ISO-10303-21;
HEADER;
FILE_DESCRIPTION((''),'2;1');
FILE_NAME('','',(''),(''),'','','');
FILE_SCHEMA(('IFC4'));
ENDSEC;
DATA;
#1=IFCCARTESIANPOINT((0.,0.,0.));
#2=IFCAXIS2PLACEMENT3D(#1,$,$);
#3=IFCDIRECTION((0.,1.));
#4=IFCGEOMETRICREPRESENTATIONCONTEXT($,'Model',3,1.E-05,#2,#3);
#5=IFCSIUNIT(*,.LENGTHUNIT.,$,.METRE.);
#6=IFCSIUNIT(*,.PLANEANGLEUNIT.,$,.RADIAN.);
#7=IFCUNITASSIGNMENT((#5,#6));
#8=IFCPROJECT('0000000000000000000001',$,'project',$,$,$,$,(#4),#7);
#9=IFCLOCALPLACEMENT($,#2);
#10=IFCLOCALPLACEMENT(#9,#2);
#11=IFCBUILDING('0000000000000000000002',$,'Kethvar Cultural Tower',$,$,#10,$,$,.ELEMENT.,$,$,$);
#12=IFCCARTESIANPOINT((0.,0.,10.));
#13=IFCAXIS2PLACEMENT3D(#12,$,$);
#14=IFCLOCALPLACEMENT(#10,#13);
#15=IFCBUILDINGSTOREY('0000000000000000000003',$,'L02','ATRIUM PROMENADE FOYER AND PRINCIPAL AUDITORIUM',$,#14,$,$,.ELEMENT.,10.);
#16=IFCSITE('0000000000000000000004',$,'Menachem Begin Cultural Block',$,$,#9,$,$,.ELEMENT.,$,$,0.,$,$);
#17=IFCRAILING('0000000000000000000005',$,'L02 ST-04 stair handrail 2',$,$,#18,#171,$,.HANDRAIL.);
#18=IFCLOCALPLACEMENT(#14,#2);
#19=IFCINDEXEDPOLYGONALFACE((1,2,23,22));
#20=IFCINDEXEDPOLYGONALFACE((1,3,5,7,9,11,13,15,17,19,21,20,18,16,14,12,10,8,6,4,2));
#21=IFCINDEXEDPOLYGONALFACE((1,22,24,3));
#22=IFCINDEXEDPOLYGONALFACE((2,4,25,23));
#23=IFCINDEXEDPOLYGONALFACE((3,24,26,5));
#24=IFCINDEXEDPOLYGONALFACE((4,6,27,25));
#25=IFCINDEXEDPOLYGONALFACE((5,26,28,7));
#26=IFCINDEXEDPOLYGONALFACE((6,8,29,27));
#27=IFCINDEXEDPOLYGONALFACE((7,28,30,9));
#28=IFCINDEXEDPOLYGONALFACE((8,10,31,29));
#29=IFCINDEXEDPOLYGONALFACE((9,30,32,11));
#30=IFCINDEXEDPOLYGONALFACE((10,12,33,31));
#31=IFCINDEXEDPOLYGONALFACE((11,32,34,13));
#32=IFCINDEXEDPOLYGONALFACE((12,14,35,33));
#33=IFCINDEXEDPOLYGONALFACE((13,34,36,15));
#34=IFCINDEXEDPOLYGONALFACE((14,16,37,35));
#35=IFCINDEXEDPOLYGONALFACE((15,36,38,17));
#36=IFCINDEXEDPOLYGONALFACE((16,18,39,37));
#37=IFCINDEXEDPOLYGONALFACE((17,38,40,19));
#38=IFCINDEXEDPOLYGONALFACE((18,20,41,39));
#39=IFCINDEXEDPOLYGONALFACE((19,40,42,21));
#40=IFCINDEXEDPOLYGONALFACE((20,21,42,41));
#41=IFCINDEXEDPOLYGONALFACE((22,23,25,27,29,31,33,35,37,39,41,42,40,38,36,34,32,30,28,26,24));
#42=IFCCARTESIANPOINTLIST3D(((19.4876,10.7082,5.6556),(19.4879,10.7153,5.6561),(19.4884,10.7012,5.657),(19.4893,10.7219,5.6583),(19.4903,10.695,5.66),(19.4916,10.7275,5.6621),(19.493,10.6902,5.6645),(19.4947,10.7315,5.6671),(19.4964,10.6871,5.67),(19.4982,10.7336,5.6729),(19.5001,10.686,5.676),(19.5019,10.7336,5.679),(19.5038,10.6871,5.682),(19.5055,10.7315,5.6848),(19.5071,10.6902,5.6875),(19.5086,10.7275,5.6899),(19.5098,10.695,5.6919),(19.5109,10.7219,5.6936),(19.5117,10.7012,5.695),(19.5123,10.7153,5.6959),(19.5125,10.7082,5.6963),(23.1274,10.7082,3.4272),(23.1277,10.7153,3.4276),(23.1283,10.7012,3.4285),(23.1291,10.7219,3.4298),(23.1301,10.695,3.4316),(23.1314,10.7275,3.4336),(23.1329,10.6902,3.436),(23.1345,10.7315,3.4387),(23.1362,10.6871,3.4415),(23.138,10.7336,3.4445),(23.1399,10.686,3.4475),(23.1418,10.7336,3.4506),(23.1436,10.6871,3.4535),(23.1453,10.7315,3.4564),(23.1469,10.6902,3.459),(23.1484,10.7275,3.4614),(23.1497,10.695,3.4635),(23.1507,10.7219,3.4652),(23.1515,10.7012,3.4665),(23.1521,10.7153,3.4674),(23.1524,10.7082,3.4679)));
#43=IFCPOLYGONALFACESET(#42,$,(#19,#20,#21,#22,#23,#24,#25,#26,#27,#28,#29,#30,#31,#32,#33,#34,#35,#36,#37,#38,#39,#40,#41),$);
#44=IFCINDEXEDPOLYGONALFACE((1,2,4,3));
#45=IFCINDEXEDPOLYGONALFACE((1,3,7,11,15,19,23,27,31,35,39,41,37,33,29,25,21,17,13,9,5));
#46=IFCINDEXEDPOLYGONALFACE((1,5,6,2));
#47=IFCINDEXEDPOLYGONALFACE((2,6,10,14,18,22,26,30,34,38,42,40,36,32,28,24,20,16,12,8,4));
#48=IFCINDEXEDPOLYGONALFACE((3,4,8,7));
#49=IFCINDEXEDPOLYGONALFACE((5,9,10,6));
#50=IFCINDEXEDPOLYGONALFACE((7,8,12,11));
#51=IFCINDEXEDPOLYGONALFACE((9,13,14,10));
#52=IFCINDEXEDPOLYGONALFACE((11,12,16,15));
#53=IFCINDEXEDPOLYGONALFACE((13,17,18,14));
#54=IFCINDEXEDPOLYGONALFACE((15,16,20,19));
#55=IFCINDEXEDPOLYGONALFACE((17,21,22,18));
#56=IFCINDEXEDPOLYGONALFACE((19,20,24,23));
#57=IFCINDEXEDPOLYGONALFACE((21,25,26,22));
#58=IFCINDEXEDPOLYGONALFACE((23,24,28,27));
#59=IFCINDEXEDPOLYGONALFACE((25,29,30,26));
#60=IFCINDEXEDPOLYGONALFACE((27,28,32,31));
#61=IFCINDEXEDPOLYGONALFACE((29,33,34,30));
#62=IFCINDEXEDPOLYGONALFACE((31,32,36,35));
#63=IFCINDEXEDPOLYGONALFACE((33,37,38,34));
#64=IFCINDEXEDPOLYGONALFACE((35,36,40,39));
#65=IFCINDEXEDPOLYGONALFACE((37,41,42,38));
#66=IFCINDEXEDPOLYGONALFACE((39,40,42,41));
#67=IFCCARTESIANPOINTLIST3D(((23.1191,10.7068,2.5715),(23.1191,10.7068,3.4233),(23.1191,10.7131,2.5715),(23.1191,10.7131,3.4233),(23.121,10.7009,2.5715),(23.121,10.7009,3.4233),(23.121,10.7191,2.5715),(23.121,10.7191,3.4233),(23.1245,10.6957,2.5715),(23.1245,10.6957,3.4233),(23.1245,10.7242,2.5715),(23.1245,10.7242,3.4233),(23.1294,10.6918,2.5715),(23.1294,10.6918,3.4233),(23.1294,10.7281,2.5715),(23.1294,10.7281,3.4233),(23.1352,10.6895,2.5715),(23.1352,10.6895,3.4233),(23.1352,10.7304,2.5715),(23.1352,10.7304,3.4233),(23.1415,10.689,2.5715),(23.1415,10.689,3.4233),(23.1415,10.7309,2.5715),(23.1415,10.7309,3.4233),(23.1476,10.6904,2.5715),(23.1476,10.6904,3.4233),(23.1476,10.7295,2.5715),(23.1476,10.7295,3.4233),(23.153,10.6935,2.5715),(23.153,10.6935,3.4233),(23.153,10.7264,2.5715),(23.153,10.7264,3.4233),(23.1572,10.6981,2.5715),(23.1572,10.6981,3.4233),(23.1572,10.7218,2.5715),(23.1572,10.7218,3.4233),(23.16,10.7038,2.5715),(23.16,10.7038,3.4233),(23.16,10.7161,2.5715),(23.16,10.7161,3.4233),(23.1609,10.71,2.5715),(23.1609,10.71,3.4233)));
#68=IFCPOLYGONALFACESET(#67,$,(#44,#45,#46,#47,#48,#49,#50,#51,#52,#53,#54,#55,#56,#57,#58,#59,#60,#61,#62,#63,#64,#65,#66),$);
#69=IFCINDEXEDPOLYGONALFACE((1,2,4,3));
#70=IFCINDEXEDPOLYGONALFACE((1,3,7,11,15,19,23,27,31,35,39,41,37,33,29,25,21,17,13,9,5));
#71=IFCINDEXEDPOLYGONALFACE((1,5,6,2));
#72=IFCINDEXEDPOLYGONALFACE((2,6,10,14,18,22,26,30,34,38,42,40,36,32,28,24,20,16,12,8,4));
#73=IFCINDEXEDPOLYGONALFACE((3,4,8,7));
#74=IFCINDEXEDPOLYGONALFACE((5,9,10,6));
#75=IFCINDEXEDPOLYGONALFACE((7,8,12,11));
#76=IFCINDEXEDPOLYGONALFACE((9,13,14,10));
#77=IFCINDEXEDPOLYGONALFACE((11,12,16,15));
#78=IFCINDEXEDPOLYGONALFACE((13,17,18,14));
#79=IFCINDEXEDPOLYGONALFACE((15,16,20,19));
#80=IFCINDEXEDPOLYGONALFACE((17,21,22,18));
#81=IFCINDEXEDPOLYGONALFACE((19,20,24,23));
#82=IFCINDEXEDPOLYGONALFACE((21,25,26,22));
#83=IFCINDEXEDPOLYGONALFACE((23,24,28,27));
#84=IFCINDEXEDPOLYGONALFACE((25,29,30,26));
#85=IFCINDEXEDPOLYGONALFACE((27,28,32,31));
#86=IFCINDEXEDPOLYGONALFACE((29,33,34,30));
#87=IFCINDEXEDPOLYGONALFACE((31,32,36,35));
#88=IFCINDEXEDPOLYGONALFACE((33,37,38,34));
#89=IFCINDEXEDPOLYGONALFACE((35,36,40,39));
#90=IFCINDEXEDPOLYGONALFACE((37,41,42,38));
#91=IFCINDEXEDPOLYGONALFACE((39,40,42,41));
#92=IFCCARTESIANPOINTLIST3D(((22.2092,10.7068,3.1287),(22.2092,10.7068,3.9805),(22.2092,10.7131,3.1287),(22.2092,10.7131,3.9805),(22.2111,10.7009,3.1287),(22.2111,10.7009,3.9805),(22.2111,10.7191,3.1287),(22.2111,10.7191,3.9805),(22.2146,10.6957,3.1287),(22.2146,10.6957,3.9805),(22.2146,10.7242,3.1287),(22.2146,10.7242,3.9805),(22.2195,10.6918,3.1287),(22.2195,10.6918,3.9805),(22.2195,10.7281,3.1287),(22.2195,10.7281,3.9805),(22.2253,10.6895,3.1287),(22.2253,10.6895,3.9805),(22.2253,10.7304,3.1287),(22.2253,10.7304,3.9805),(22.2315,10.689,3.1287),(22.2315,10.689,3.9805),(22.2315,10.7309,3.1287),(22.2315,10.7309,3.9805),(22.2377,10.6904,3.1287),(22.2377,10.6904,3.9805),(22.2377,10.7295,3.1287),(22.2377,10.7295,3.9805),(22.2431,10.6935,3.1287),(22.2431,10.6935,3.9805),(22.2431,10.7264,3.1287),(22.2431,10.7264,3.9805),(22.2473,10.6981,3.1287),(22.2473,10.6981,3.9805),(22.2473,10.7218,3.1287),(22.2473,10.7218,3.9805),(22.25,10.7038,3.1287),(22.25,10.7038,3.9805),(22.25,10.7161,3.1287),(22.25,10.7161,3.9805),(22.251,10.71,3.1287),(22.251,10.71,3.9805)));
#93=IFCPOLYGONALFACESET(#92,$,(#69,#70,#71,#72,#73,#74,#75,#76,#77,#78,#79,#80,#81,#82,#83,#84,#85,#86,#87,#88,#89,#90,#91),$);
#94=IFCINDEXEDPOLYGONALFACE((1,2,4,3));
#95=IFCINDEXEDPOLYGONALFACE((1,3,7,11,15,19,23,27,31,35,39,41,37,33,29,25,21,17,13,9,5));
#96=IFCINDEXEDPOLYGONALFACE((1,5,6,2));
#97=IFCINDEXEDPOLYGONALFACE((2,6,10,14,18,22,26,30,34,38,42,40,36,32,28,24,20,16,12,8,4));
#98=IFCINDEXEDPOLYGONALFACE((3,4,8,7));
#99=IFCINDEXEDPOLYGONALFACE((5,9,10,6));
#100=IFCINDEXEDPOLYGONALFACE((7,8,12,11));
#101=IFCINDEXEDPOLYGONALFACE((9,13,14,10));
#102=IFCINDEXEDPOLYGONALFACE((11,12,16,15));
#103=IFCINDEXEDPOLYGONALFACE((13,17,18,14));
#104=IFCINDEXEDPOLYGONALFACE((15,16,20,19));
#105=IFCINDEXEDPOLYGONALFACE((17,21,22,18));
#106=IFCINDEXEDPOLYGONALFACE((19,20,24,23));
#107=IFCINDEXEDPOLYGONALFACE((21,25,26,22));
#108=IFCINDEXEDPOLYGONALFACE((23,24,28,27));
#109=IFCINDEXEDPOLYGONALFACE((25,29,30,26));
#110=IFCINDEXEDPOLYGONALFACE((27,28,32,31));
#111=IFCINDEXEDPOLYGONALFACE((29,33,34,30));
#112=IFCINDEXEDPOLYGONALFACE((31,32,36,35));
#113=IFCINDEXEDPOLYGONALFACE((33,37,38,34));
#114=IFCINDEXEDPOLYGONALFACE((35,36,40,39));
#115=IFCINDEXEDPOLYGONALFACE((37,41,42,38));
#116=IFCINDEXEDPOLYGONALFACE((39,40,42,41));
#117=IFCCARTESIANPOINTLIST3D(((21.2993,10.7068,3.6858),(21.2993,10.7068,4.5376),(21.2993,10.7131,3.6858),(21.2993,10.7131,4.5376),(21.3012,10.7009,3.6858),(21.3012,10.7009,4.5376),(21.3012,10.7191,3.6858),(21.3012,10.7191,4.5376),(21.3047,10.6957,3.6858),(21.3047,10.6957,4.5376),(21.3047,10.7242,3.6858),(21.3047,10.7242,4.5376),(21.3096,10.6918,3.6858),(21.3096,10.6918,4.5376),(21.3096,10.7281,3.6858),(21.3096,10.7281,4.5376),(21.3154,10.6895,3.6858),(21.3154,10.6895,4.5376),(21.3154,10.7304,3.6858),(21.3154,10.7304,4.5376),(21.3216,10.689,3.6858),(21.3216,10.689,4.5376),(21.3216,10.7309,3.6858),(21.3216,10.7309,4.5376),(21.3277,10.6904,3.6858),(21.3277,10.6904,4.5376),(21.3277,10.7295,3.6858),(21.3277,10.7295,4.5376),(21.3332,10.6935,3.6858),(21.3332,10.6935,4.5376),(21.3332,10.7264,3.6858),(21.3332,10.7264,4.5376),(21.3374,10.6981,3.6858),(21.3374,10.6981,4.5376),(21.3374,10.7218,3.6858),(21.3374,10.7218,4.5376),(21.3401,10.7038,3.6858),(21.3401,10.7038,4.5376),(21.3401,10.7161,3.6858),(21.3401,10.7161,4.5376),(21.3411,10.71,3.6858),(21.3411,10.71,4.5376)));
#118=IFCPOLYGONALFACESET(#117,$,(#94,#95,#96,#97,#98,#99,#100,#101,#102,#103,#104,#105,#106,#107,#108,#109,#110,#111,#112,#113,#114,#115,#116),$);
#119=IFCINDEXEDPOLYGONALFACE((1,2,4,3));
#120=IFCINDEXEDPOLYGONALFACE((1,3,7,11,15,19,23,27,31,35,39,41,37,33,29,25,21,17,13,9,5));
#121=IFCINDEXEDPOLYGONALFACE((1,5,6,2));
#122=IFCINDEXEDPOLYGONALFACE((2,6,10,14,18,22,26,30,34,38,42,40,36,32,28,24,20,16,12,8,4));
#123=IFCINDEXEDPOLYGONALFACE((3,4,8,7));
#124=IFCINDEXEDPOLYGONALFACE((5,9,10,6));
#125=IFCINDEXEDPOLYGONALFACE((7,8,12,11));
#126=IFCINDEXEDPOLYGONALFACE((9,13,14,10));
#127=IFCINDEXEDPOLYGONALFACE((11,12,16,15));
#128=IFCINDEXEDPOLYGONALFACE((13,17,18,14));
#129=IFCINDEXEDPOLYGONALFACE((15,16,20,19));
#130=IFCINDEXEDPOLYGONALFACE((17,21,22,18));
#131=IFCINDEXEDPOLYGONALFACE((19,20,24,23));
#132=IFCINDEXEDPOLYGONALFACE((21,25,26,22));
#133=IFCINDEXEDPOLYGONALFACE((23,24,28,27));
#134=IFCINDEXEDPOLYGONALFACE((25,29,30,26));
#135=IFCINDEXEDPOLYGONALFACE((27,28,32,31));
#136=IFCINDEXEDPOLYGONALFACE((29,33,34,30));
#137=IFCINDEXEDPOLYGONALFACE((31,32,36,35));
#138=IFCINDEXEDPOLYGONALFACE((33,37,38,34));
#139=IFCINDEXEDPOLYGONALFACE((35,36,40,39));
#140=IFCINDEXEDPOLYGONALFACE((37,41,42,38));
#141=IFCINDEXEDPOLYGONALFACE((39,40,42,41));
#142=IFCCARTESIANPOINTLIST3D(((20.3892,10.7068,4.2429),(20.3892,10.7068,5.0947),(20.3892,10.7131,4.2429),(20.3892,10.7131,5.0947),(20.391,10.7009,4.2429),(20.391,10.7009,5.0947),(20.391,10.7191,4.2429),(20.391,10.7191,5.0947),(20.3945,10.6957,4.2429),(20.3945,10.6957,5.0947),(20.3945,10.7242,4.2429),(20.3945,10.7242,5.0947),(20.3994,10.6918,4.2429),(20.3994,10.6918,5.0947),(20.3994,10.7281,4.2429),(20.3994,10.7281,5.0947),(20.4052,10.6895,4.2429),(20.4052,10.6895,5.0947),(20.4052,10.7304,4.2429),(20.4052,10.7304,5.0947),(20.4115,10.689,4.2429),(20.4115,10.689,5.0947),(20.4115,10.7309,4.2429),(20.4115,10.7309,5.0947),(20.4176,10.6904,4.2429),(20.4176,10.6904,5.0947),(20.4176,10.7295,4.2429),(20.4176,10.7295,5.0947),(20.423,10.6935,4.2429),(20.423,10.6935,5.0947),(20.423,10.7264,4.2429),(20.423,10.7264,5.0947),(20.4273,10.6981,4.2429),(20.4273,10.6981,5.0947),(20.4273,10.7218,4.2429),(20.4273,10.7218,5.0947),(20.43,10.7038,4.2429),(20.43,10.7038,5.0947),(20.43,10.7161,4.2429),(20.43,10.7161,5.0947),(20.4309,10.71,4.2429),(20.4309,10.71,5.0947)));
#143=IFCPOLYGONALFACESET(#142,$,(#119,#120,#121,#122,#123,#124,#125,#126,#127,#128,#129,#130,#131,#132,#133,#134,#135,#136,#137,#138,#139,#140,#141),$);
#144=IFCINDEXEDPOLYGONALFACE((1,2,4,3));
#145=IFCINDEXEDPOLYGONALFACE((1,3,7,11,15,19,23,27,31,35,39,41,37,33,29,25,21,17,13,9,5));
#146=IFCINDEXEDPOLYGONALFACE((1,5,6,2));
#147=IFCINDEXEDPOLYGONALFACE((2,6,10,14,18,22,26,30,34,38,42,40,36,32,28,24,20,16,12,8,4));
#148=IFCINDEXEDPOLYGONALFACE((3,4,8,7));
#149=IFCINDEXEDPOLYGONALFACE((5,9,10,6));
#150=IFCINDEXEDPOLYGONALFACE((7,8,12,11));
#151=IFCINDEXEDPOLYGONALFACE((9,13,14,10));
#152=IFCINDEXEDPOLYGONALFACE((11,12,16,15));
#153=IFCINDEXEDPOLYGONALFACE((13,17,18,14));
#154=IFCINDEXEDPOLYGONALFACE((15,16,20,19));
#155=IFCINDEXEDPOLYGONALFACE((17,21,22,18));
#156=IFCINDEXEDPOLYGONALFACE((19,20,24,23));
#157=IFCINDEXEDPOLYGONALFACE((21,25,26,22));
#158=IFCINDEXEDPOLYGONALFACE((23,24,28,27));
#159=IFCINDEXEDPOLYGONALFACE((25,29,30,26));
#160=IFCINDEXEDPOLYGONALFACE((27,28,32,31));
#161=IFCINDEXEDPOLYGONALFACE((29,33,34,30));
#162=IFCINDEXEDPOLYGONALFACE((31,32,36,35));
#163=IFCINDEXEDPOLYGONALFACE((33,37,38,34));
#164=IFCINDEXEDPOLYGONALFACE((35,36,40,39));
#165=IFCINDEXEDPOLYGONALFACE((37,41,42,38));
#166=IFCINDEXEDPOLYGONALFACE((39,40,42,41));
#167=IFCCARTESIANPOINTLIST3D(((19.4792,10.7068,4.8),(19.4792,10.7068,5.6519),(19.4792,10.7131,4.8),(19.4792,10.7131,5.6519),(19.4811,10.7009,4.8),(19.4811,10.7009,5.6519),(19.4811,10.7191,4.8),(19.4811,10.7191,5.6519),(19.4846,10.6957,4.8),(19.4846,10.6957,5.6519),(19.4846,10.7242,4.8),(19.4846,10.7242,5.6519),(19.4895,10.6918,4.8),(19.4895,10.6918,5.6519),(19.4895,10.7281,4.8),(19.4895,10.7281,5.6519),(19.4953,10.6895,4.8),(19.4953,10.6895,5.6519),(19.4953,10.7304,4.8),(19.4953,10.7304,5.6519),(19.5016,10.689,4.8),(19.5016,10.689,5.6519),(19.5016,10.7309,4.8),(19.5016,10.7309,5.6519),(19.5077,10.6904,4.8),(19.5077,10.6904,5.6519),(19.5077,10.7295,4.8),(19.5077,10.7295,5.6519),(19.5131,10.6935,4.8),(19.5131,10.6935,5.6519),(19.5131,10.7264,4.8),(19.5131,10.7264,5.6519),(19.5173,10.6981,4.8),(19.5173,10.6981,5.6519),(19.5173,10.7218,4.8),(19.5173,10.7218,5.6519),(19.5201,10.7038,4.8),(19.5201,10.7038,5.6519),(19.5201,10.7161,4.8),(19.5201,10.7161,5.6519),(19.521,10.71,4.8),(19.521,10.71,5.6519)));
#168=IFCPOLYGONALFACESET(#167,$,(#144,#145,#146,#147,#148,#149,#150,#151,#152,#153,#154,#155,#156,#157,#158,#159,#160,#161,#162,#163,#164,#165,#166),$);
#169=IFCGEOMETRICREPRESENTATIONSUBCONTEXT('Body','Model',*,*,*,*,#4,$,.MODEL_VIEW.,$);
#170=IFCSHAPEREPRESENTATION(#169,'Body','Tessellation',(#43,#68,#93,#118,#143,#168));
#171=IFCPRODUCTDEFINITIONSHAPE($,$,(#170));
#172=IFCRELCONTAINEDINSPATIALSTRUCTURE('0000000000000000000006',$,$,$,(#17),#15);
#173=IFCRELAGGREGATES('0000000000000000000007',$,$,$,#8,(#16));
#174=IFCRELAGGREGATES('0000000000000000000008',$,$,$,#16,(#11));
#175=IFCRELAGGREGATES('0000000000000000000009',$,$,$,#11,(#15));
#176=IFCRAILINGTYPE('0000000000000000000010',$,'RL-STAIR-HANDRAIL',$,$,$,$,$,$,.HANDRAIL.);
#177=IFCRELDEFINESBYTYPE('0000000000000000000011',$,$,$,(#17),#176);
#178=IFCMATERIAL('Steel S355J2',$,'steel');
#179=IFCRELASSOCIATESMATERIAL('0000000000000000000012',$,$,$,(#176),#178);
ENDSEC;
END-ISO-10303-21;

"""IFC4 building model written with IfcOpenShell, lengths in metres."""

from ifc_helpers import new_model, si_unit, direction, frame, origin, origin_2d, place, context, subcontext, project, spatial, circle, extrude, material, type_object, element, save


model = new_model("IFC4")

# Units and contexts
model_context = context("Model", 3, precision=1e-05, world=origin(), true_north=direction((0.0, 1.0)))
body_context = subcontext(model_context, "Body", "Model", "MODEL_VIEW")
ifc_project = project(units=[si_unit("LENGTHUNIT", "METRE"), si_unit("PLANEANGLEUNIT", "RADIAN")], contexts=[model_context])

# Site, building, storey
site_placement = place(None, origin())
site = spatial("IfcSite", under=ifc_project, at=site_placement, Name="Menachem Begin Cultural Block", CompositionType="ELEMENT", RefElevation=0.0)
building_placement = place(site_placement, origin())
building = spatial("IfcBuilding", under=site, at=building_placement, Name="Kethvar Cultural Tower", CompositionType="ELEMENT")
storey_placement = place(building_placement, frame((0.0, 0.0, 10.0)))
storey = spatial("IfcBuildingStorey", under=building, at=storey_placement, Name="L02", Description="ATRIUM PROMENADE FOYER AND PRINCIPAL AUDITORIUM", CompositionType="ELEMENT", Elevation=10.0)

# Shared definitions
ifc_material_1 = material(Name="Steel S355J2", Category="steel")

# Railing
railing_type_1 = type_object("IfcRailingType", Name="RL-STAIR-HANDRAIL", PredefinedType="HANDRAIL", material=ifc_material_1)
railing_1_placement = place(storey_placement, frame((23.1399, 10.71, 2.5715)))
element("IfcRailing", 1, at=railing_1_placement, inside=storey, type_object=railing_type_1, Name="L02 ST-04 stair handrail 2", PredefinedType="HANDRAIL", context=body_context, shape_type="SweptSolid", body=[
    extrude(circle(Radius=0.0239, at=origin_2d()), frame((0.0, 0.0, 0.876), z_axis=(-0.85285, 0.0, 0.522156), x_axis=(0.0, -1.0, 0.0)), (0.0, 0.0, 1.0), 4.2678),
    extrude(circle(Radius=0.021, at=origin_2d()), origin(), (0.0, 0.0, 1.0), 0.8518),
    extrude(circle(Radius=0.021, at=origin_2d()), frame((-0.9099, 0.0, 0.5571)), (0.0, 0.0, 1.0), 0.8518),
    extrude(circle(Radius=0.021, at=origin_2d()), frame((-1.8198, 0.0, 1.1143)), (0.0, 0.0, 1.0), 0.8518),
    extrude(circle(Radius=0.021, at=origin_2d()), frame((-2.73, 0.0, 1.6714)), (0.0, 0.0, 1.0), 0.8518),
    extrude(circle(Radius=0.021, at=origin_2d()), frame((-3.6399, 0.0, 2.2285)), (0.0, 0.0, 1.0), 0.8518),
])

save(model, "model.ifc")
